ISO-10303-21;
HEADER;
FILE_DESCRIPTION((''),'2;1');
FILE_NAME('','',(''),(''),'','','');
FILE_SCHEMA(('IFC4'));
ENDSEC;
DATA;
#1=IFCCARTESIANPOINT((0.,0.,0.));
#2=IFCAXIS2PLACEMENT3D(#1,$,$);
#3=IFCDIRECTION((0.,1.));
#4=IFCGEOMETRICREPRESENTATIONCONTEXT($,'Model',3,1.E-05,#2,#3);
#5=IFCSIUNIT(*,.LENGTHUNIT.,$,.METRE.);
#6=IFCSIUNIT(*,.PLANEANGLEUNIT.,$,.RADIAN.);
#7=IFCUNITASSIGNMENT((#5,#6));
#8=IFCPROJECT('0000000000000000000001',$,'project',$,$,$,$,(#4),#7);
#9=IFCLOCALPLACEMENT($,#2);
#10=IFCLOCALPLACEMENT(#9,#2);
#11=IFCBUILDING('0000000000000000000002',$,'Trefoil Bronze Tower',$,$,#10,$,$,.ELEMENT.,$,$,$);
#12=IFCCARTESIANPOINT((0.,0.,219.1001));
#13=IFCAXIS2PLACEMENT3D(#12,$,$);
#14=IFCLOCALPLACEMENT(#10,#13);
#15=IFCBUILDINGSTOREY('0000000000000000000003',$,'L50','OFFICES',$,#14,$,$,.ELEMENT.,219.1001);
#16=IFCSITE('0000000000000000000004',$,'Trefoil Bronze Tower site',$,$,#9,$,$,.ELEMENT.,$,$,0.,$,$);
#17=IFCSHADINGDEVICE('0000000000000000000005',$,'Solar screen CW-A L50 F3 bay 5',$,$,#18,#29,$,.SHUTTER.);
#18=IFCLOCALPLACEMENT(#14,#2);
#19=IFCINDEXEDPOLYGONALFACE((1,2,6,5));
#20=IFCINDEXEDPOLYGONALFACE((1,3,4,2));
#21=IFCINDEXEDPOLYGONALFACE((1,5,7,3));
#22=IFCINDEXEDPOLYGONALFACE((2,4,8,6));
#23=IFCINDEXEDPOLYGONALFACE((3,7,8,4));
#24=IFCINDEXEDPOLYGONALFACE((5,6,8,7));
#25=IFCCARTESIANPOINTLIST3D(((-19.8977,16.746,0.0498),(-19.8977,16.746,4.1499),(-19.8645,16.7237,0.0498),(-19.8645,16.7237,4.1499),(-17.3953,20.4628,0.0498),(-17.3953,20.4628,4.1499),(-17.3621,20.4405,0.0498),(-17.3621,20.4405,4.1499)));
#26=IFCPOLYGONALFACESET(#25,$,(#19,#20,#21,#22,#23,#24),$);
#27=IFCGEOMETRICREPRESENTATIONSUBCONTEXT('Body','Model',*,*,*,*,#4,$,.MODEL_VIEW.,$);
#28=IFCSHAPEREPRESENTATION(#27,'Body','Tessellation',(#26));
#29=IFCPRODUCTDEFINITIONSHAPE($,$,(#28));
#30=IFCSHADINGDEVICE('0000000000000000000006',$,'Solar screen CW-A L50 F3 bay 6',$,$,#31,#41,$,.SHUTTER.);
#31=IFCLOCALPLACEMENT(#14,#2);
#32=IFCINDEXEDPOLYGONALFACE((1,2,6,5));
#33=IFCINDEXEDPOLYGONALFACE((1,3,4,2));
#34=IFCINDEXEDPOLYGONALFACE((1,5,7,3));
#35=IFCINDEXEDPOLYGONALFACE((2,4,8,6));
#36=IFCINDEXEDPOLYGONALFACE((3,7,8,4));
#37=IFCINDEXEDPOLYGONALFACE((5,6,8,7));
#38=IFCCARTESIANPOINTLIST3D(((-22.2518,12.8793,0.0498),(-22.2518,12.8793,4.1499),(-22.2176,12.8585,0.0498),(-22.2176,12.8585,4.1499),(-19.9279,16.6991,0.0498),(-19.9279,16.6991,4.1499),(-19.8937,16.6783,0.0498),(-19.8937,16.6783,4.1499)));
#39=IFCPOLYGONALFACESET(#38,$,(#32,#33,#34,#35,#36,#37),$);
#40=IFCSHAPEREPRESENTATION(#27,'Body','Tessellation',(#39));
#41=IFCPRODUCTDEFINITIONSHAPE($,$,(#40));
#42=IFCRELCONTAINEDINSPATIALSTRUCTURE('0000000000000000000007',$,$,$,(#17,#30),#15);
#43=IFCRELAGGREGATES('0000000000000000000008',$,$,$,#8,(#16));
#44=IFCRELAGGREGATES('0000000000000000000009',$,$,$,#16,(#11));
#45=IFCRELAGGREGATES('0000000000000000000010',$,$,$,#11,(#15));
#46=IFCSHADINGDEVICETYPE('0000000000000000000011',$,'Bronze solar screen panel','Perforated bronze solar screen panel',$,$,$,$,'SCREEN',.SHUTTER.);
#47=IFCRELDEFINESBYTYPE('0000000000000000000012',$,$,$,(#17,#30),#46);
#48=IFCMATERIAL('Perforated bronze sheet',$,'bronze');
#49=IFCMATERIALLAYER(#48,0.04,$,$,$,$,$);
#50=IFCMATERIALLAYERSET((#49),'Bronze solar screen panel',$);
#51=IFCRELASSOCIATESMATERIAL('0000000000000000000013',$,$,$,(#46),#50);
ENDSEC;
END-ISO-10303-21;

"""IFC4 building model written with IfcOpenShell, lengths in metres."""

from ifc_helpers import new_model, si_unit, direction, frame, origin, origin_2d, place, context, subcontext, project, spatial, rectangle, extrude, material, layer, layer_set, type_object, element, save


model = new_model("IFC4")

# Units and contexts
model_context = context("Model", 3, precision=1e-05, world=origin(), true_north=direction((0.0, 1.0)))
body_context = subcontext(model_context, "Body", "Model", "MODEL_VIEW")
ifc_project = project(units=[si_unit("LENGTHUNIT", "METRE"), si_unit("PLANEANGLEUNIT", "RADIAN")], contexts=[model_context])

# Site, building, storey
site_placement = place(None, origin())
site = spatial("IfcSite", under=ifc_project, at=site_placement, Name="Trefoil Bronze Tower site", CompositionType="ELEMENT", RefElevation=0.0)
building_placement = place(site_placement, origin())
building = spatial("IfcBuilding", under=site, at=building_placement, Name="Trefoil Bronze Tower", CompositionType="ELEMENT")
storey_placement = place(building_placement, frame((0.0, 0.0, 219.1001)))
storey = spatial("IfcBuildingStorey", under=building, at=storey_placement, Name="L50", Description="OFFICES", CompositionType="ELEMENT", Elevation=219.1001)

# Shading devices
ifc_material_1 = material(Name="Perforated bronze sheet", Category="bronze")
ifc_layer_1 = layer(ifc_material_1, 0.04)
ifc_layer_set_1 = layer_set([ifc_layer_1], Name="Bronze solar screen panel")
shading_device_type = type_object("IfcShadingDeviceType", Name="Bronze solar screen panel", Description="Perforated bronze solar screen panel", ElementType="SCREEN", PredefinedType="SHUTTER", material=ifc_layer_set_1)
shading_device_1_placement = place(storey_placement, frame((-18.6299, 18.5933, 0.0498), z_axis=(0.0, 0.0, 1.0), x_axis=(-0.558493, -0.829509, 0.0)))
element("IfcShadingDevice", 1, at=shading_device_1_placement, inside=storey, type_object=shading_device_type, Name="Solar screen CW-A L50 F3 bay 5", PredefinedType="SHUTTER", context=body_context, shape_type="SweptSolid", body=[
    extrude(rectangle(XDim=4.4807, YDim=0.04, at=origin_2d()), origin(), (0.0, 0.0, 1.0), 4.1001),
])
shading_device_2_placement = place(storey_placement, frame((-21.0728, 14.7788, 0.0498), z_axis=(0.0, 0.0, 1.0), x_axis=(-0.519762, -0.854311, 0.0)))
element("IfcShadingDevice", 2, at=shading_device_2_placement, inside=storey, type_object=shading_device_type, Name="Solar screen CW-A L50 F3 bay 6", PredefinedType="SHUTTER", context=body_context, shape_type="SweptSolid", body=[
    extrude(rectangle(XDim=4.4712, YDim=0.04, at=origin_2d()), origin(), (0.0, 0.0, 1.0), 4.1001),
])

save(model, "model.ifc")
